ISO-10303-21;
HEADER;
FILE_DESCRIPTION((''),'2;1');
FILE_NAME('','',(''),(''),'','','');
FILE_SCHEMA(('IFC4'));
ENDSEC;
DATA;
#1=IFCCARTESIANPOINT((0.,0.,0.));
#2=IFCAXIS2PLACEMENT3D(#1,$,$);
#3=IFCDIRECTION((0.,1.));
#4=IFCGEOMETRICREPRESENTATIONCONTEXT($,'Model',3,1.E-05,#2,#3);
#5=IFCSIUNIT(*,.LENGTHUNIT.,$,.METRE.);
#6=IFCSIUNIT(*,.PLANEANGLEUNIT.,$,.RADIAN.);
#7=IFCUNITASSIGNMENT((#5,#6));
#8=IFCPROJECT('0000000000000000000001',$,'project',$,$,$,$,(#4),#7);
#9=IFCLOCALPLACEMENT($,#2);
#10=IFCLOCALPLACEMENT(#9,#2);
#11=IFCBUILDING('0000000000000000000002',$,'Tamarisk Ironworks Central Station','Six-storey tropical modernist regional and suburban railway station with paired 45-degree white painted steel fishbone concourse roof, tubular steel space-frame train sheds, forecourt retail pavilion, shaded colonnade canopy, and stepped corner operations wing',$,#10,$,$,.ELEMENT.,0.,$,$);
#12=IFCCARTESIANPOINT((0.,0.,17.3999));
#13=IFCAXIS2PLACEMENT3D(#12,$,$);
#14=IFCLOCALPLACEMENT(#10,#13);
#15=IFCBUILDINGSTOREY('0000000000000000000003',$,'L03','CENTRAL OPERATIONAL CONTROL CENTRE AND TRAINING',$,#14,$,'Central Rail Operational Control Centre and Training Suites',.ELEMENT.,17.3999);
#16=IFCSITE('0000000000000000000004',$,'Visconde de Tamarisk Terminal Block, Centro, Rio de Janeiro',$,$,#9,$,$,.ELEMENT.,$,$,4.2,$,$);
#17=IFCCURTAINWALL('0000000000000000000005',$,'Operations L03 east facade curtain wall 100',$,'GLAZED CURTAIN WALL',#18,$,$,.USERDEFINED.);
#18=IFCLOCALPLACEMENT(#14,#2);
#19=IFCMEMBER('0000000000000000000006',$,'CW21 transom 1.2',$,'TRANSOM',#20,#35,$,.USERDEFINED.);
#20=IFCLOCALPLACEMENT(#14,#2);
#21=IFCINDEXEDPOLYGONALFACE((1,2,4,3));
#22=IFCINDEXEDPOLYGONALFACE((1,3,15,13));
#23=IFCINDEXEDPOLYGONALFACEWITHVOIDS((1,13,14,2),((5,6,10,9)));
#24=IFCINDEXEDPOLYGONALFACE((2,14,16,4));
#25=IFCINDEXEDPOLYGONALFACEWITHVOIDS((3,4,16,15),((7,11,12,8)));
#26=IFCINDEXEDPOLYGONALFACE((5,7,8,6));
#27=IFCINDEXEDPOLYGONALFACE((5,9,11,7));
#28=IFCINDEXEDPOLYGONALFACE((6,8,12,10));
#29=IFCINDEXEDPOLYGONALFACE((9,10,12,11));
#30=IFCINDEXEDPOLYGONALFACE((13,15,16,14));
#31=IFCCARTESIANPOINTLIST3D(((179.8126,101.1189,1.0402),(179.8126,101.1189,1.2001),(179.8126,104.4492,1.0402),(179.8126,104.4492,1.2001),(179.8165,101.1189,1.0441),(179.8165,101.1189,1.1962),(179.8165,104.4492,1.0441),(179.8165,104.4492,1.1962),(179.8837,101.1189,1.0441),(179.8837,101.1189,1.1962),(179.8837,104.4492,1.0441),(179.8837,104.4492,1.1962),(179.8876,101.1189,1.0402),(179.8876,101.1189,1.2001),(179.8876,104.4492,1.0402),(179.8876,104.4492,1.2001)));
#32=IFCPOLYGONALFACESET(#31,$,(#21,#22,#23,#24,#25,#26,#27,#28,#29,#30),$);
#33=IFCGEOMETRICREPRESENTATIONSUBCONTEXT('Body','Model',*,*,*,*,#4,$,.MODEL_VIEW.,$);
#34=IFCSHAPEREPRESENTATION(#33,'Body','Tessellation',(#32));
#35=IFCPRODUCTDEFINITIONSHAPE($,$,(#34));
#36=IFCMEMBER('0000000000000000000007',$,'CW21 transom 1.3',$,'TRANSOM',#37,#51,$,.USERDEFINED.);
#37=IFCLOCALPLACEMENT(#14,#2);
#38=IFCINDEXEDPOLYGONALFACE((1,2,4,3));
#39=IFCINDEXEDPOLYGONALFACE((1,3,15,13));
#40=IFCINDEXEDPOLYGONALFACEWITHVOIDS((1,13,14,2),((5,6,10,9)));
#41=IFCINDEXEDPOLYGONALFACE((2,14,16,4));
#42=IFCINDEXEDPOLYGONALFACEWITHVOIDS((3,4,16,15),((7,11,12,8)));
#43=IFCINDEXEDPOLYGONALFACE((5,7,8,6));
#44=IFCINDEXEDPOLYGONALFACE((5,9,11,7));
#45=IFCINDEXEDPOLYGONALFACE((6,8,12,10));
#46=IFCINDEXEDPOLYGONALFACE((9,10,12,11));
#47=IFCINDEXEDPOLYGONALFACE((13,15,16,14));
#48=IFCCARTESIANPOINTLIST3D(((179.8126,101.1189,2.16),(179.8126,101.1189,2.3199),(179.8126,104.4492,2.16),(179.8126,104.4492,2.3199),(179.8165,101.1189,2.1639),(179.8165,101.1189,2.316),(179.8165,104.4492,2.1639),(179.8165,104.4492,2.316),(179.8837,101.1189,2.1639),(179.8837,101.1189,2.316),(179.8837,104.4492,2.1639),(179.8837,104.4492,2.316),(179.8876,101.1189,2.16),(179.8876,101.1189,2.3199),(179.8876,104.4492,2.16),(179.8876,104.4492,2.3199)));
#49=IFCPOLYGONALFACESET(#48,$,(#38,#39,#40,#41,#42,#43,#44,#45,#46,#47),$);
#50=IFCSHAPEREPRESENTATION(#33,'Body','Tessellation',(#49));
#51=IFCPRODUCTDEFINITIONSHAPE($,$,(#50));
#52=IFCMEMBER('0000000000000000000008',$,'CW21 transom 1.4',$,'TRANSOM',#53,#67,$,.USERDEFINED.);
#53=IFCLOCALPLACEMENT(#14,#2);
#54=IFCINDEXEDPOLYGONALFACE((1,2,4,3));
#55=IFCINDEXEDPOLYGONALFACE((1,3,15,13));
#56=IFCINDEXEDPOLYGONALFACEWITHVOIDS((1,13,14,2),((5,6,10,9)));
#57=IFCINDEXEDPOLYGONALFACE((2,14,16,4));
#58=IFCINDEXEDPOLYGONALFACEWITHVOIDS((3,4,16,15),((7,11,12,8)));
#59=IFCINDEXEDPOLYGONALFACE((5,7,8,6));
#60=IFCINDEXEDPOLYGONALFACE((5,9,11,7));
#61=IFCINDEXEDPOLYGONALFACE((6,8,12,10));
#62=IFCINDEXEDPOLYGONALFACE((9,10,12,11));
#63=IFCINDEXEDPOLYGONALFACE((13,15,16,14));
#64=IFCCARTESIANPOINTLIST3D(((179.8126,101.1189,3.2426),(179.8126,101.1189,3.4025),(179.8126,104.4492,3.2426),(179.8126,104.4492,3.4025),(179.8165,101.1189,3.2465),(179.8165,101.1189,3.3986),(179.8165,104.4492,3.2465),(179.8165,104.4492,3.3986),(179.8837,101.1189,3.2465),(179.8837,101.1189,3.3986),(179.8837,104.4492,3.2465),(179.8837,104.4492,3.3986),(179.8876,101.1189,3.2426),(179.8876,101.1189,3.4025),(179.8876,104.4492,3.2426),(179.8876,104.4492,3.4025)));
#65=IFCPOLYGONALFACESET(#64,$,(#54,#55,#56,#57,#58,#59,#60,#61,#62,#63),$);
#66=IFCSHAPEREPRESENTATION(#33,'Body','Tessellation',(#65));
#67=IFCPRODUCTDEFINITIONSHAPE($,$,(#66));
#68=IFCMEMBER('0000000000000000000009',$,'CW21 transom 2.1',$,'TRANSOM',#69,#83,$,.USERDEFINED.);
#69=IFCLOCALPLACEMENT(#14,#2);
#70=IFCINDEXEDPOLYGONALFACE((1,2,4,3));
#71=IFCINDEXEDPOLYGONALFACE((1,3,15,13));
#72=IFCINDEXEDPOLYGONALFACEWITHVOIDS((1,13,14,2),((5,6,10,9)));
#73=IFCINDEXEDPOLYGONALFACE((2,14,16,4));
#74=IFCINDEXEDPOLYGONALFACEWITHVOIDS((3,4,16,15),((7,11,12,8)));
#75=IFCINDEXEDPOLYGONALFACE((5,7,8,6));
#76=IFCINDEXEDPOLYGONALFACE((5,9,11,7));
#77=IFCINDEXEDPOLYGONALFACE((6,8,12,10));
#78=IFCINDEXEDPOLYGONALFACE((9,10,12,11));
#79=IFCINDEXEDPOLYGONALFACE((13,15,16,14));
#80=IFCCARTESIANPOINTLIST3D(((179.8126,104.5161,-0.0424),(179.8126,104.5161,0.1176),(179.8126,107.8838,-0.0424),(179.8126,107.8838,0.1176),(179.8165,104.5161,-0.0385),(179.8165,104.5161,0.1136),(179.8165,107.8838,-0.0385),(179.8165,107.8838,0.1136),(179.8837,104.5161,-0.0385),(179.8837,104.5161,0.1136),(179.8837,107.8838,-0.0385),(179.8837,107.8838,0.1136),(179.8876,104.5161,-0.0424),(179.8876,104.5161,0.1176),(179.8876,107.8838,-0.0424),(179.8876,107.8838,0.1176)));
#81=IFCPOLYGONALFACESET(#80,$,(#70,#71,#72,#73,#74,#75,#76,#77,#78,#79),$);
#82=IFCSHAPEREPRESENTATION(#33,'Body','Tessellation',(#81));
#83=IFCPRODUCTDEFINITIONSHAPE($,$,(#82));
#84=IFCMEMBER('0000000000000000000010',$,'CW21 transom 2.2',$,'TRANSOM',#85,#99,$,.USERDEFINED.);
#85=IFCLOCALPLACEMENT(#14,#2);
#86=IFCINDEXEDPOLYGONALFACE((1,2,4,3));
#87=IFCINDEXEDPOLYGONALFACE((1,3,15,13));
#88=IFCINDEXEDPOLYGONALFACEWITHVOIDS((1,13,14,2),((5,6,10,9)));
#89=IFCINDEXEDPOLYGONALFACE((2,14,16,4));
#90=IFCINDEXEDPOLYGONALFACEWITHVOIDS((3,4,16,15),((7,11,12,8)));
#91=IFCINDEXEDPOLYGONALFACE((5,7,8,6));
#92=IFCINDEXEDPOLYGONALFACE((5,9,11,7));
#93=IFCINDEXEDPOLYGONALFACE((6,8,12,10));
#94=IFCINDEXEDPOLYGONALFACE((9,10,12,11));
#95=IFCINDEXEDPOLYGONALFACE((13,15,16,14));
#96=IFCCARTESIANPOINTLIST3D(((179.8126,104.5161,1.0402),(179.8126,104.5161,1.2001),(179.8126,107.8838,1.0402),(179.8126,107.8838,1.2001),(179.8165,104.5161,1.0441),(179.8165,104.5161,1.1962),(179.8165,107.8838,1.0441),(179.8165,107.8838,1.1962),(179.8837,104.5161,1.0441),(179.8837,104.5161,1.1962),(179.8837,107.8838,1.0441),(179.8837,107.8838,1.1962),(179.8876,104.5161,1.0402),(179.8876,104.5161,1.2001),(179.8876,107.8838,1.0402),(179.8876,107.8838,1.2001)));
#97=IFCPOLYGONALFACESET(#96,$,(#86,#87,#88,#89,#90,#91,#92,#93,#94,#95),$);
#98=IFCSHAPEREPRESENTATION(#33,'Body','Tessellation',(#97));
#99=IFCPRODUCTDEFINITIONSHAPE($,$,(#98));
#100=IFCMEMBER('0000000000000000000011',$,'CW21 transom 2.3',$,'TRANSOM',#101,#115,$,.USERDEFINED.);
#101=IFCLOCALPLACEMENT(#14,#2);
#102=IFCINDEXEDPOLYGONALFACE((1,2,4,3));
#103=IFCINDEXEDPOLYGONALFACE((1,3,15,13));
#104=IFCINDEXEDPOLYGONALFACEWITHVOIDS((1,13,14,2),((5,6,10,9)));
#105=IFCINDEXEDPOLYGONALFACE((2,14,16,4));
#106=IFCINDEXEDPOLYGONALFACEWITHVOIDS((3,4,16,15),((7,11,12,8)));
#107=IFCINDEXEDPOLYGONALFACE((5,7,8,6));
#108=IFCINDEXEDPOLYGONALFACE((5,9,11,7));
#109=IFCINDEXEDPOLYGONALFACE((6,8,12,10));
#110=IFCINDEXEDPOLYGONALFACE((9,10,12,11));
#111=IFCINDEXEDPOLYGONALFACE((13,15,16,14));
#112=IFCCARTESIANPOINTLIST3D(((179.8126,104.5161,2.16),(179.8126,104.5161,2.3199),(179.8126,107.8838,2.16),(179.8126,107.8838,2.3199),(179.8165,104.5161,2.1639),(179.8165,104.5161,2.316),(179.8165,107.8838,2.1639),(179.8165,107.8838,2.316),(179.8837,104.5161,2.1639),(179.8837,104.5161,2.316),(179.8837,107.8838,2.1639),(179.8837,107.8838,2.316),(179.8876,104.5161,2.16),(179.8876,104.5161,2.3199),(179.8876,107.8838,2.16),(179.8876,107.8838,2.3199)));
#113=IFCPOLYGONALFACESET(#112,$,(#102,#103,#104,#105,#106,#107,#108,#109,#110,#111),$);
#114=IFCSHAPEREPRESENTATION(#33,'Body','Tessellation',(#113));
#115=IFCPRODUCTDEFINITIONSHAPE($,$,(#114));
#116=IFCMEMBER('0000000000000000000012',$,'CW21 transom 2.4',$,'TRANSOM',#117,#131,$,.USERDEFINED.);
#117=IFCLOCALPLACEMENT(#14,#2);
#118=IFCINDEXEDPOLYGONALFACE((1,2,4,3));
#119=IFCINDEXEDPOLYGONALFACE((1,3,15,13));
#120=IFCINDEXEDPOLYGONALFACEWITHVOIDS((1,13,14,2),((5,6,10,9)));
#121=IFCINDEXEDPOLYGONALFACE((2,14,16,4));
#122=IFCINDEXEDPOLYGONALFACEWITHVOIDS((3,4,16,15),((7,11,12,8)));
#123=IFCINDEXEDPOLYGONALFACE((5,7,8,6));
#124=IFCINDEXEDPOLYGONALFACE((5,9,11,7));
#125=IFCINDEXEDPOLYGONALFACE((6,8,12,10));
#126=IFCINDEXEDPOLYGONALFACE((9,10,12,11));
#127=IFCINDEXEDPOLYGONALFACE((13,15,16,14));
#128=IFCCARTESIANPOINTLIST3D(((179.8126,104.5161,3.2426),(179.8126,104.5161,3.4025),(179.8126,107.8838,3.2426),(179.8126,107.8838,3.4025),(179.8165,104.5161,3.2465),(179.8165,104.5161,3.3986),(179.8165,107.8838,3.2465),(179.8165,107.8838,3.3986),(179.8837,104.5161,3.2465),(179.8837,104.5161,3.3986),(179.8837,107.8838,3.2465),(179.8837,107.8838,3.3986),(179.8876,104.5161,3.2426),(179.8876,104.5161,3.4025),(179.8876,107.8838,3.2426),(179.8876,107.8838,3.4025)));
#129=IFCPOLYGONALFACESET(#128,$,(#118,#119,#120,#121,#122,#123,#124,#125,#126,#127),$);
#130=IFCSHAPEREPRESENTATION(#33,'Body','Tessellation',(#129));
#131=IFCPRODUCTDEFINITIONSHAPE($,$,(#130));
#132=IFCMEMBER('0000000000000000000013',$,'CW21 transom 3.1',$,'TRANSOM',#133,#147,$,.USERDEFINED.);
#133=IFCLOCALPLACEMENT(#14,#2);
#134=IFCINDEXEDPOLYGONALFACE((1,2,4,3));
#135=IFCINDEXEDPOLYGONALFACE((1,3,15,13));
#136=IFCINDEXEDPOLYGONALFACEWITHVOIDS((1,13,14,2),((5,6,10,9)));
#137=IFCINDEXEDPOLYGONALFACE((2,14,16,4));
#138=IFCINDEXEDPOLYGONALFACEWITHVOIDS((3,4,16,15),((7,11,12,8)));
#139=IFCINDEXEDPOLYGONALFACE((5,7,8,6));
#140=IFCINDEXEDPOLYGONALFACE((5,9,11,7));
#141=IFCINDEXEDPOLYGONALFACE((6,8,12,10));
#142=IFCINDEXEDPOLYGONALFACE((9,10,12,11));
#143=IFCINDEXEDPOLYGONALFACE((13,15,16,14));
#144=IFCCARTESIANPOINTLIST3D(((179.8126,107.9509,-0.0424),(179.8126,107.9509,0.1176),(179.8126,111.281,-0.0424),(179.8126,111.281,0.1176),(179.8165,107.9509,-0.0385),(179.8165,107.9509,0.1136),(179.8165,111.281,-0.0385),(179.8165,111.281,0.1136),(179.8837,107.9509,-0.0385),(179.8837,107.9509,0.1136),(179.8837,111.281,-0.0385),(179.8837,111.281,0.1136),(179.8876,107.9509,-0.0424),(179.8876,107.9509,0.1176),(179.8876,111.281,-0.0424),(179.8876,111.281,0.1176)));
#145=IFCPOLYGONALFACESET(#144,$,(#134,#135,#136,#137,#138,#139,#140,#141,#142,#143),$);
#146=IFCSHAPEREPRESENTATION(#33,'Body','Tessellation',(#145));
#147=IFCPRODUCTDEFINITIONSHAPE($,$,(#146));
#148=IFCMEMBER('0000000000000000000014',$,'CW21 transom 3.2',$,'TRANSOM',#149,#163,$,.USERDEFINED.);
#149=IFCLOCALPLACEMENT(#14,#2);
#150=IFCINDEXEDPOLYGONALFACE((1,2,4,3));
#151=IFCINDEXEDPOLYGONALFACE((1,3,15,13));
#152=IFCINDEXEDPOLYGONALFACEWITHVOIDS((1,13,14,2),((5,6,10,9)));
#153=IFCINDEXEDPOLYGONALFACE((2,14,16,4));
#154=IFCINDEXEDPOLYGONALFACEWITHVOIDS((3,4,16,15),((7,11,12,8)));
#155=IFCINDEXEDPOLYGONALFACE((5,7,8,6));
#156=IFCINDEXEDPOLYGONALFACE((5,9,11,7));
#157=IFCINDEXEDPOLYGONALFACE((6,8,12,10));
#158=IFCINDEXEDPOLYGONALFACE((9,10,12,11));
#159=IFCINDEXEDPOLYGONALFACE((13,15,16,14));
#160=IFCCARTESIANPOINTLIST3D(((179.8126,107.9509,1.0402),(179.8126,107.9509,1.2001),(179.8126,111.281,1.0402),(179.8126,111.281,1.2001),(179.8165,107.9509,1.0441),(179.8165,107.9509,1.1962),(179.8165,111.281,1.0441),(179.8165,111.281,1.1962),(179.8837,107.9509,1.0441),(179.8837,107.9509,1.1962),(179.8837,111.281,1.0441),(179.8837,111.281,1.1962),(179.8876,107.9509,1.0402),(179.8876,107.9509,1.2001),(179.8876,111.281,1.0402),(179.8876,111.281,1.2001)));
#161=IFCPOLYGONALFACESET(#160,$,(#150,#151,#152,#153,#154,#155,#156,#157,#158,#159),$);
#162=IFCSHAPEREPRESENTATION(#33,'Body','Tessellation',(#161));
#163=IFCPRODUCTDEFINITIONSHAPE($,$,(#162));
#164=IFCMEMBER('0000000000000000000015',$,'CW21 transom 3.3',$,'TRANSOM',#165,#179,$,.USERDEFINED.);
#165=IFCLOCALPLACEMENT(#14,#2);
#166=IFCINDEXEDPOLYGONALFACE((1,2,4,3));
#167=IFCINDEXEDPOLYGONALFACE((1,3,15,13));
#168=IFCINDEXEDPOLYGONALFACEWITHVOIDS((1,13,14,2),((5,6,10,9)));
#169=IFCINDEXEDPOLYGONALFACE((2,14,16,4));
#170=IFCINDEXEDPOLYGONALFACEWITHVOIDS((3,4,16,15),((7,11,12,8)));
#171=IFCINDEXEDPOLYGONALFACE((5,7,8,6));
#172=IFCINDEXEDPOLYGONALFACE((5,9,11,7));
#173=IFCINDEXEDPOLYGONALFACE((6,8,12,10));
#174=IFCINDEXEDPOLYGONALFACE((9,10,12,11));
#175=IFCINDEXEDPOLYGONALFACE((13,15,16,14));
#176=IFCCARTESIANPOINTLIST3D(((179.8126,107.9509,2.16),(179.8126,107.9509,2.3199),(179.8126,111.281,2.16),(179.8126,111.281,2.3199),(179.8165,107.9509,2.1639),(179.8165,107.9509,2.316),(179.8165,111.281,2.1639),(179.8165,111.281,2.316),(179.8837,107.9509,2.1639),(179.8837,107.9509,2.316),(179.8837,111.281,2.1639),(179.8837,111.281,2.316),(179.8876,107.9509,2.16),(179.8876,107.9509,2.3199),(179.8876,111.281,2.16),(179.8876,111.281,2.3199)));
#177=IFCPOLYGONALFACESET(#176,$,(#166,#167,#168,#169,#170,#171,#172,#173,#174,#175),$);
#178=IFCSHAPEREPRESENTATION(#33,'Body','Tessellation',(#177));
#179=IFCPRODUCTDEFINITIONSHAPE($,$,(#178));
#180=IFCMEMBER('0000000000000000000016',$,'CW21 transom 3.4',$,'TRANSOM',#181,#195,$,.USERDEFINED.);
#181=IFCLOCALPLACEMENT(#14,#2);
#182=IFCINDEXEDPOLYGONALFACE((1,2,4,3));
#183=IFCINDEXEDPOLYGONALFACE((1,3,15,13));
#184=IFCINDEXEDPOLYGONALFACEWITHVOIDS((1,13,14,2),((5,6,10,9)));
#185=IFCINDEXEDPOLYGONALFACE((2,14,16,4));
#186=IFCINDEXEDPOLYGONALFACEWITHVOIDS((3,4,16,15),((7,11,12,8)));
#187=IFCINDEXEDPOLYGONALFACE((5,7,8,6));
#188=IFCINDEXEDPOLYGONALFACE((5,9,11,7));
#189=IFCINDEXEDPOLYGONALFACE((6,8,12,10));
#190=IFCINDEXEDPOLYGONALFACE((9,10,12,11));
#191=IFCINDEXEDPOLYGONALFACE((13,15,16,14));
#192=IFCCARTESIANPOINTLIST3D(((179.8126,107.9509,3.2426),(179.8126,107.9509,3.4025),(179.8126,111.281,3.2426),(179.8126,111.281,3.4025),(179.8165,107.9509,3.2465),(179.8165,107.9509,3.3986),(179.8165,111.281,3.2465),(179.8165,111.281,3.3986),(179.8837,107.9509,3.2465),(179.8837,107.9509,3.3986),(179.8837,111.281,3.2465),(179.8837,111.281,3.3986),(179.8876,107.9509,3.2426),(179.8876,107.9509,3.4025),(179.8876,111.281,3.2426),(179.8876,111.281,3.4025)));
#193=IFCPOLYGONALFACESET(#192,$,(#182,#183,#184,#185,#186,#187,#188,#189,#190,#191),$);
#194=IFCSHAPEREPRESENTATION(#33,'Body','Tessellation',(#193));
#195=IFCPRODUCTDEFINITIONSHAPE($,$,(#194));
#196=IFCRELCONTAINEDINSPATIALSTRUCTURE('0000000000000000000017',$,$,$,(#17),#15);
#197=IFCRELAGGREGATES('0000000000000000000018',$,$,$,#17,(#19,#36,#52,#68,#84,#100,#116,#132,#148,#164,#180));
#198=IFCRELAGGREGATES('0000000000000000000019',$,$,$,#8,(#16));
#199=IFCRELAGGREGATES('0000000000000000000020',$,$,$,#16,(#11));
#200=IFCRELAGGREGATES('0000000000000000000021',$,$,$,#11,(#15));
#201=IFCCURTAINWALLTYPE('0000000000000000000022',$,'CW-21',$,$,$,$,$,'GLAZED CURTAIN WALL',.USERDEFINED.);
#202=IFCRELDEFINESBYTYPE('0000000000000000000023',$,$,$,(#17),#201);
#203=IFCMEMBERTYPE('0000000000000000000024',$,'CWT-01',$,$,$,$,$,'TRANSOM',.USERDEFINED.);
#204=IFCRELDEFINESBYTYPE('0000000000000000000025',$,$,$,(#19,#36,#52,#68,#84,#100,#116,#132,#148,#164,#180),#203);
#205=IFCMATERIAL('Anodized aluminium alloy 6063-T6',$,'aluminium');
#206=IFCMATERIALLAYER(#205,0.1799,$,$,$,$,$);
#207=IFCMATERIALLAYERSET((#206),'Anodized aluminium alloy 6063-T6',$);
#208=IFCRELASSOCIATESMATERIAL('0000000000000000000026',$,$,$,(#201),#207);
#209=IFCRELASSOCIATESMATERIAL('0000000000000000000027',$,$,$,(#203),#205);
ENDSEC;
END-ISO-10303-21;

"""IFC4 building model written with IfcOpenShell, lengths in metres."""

from ifc_helpers import new_model, si_unit, direction, frame, origin, origin_2d, place, context, subcontext, project, spatial, hollow_rectangle, extrude, material, layer, layer_set, material_profile, profile_set, type_object, element, aggregate, save


model = new_model("IFC4")

# Units and contexts
model_context = context("Model", 3, precision=1e-05, world=origin(), true_north=direction((0.0, 1.0)))
body_context = subcontext(model_context, "Body", "Model", "MODEL_VIEW")
ifc_project = project(units=[si_unit("LENGTHUNIT", "METRE"), si_unit("PLANEANGLEUNIT", "RADIAN")], contexts=[model_context])

# Site, building, storey
site_placement = place(None, origin())
site = spatial("IfcSite", under=ifc_project, at=site_placement, Name="Visconde de Tamarisk Terminal Block, Centro, Rio de Janeiro", CompositionType="ELEMENT", RefElevation=4.2)
building_placement = place(site_placement, origin())
building = spatial("IfcBuilding", under=site, at=building_placement, Name="Tamarisk Ironworks Central Station", Description="Six-storey tropical modernist regional and suburban railway station with paired 45-degree white painted steel fishbone concourse roof, tubular steel space-frame train sheds, forecourt retail pavilion, shaded colonnade canopy, and stepped corner operations wing", CompositionType="ELEMENT", ElevationOfRefHeight=0.0)
storey_placement = place(building_placement, frame((0.0, 0.0, 17.3999)))
storey = spatial("IfcBuildingStorey", under=building, at=storey_placement, Name="L03", Description="CENTRAL OPERATIONAL CONTROL CENTRE AND TRAINING", LongName="Central Rail Operational Control Centre and Training Suites", CompositionType="ELEMENT", Elevation=17.3999)

# Shared definitions
ifc_material_1 = material(Name="Anodized aluminium alloy 6063-T6", Category="aluminium")
ifc_layer_1 = layer(ifc_material_1, 0.1799)
ifc_layer_set_1 = layer_set([ifc_layer_1], Name="Anodized aluminium alloy 6063-T6")
curtain_wall_type = type_object("IfcCurtainWallType", Name="CW-21", ElementType="GLAZED CURTAIN WALL", PredefinedType="USERDEFINED", material=ifc_layer_set_1)

# Curtain wall
curtain_wall_1_placement = place(storey_placement, origin())
curtain_wall_1 = element("IfcCurtainWall", 1, at=curtain_wall_1_placement, inside=storey, type_object=curtain_wall_type, Name="Operations L03 east facade curtain wall 100", ObjectType="GLAZED CURTAIN WALL", PredefinedType="USERDEFINED")

# Members
ifc_material_profile_1 = material_profile(ifc_material_1, hollow_rectangle(XDim=0.075, YDim=0.1599, WallThickness=0.0039, at=origin_2d()), Name="ALUM 160x75")
ifc_profile_set_1 = profile_set([ifc_material_profile_1], Name="Anodized aluminium alloy 6063-T6")
member_type_1 = type_object("IfcMemberType", Name="CWT-01", ElementType="TRANSOM", PredefinedType="USERDEFINED", material=ifc_profile_set_1)
member_1_placement = place(storey_placement, frame((179.8501, 101.1189, 1.1201), z_axis=(0.0, 1.0, 0.0), x_axis=(-1.0, 0.0, 0.0)))
member_1 = element("IfcMember", 2, at=member_1_placement, type_object=member_type_1, Name="CW21 transom 1.2", ObjectType="TRANSOM", PredefinedType="USERDEFINED", context=body_context, shape_type="SweptSolid", body=[
    extrude(hollow_rectangle(XDim=0.075, YDim=0.1599, WallThickness=0.0039, at=origin_2d()), origin(), (0.0, 0.0, 1.0), 3.3303),
])
member_2_placement = place(storey_placement, frame((179.8501, 101.1189, 2.24), z_axis=(0.0, 1.0, 0.0), x_axis=(-1.0, 0.0, 0.0)))
member_2 = element("IfcMember", 3, at=member_2_placement, type_object=member_type_1, Name="CW21 transom 1.3", ObjectType="TRANSOM", PredefinedType="USERDEFINED", context=body_context, shape_type="SweptSolid", body=[
    extrude(hollow_rectangle(XDim=0.075, YDim=0.1599, WallThickness=0.0039, at=origin_2d()), origin(), (0.0, 0.0, 1.0), 3.3303),
])
member_3_placement = place(storey_placement, frame((179.8501, 101.1189, 3.3225), z_axis=(0.0, 1.0, 0.0), x_axis=(-1.0, 0.0, 0.0)))
member_3 = element("IfcMember", 4, at=member_3_placement, type_object=member_type_1, Name="CW21 transom 1.4", ObjectType="TRANSOM", PredefinedType="USERDEFINED", context=body_context, shape_type="SweptSolid", body=[
    extrude(hollow_rectangle(XDim=0.075, YDim=0.1599, WallThickness=0.0039, at=origin_2d()), origin(), (0.0, 0.0, 1.0), 3.3303),
])
member_4_placement = place(storey_placement, frame((179.8501, 104.5161, 0.0376), z_axis=(0.0, 1.0, 0.0), x_axis=(-1.0, 0.0, 0.0)))
member_4 = element("IfcMember", 5, at=member_4_placement, type_object=member_type_1, Name="CW21 transom 2.1", ObjectType="TRANSOM", PredefinedType="USERDEFINED", context=body_context, shape_type="SweptSolid", body=[
    extrude(hollow_rectangle(XDim=0.075, YDim=0.1599, WallThickness=0.0039, at=origin_2d()), origin(), (0.0, 0.0, 1.0), 3.3677),
])
member_5_placement = place(storey_placement, frame((179.8501, 104.5161, 1.1201), z_axis=(0.0, 1.0, 0.0), x_axis=(-1.0, 0.0, 0.0)))
member_5 = element("IfcMember", 6, at=member_5_placement, type_object=member_type_1, Name="CW21 transom 2.2", ObjectType="TRANSOM", PredefinedType="USERDEFINED", context=body_context, shape_type="SweptSolid", body=[
    extrude(hollow_rectangle(XDim=0.075, YDim=0.1599, WallThickness=0.0039, at=origin_2d()), origin(), (0.0, 0.0, 1.0), 3.3677),
])
member_6_placement = place(storey_placement, frame((179.8501, 104.5161, 2.24), z_axis=(0.0, 1.0, 0.0), x_axis=(-1.0, 0.0, 0.0)))
member_6 = element("IfcMember", 7, at=member_6_placement, type_object=member_type_1, Name="CW21 transom 2.3", ObjectType="TRANSOM", PredefinedType="USERDEFINED", context=body_context, shape_type="SweptSolid", body=[
    extrude(hollow_rectangle(XDim=0.075, YDim=0.1599, WallThickness=0.0039, at=origin_2d()), origin(), (0.0, 0.0, 1.0), 3.3677),
])
member_7_placement = place(storey_placement, frame((179.8501, 104.5161, 3.3225), z_axis=(0.0, 1.0, 0.0), x_axis=(-1.0, 0.0, 0.0)))
member_7 = element("IfcMember", 8, at=member_7_placement, type_object=member_type_1, Name="CW21 transom 2.4", ObjectType="TRANSOM", PredefinedType="USERDEFINED", context=body_context, shape_type="SweptSolid", body=[
    extrude(hollow_rectangle(XDim=0.075, YDim=0.1599, WallThickness=0.0039, at=origin_2d()), origin(), (0.0, 0.0, 1.0), 3.3677),
])
member_8_placement = place(storey_placement, frame((179.8501, 107.9509, 0.0376), z_axis=(0.0, 1.0, 0.0), x_axis=(-1.0, 0.0, 0.0)))
member_8 = element("IfcMember", 9, at=member_8_placement, type_object=member_type_1, Name="CW21 transom 3.1", ObjectType="TRANSOM", PredefinedType="USERDEFINED", context=body_context, shape_type="SweptSolid", body=[
    extrude(hollow_rectangle(XDim=0.075, YDim=0.1599, WallThickness=0.0039, at=origin_2d()), origin(), (0.0, 0.0, 1.0), 3.3301),
])
member_9_placement = place(storey_placement, frame((179.8501, 107.9509, 1.1201), z_axis=(0.0, 1.0, 0.0), x_axis=(-1.0, 0.0, 0.0)))
member_9 = element("IfcMember", 10, at=member_9_placement, type_object=member_type_1, Name="CW21 transom 3.2", ObjectType="TRANSOM", PredefinedType="USERDEFINED", context=body_context, shape_type="SweptSolid", body=[
    extrude(hollow_rectangle(XDim=0.075, YDim=0.1599, WallThickness=0.0039, at=origin_2d()), origin(), (0.0, 0.0, 1.0), 3.3301),
])
member_10_placement = place(storey_placement, frame((179.8501, 107.9509, 2.24), z_axis=(0.0, 1.0, 0.0), x_axis=(-1.0, 0.0, 0.0)))
member_10 = element("IfcMember", 11, at=member_10_placement, type_object=member_type_1, Name="CW21 transom 3.3", ObjectType="TRANSOM", PredefinedType="USERDEFINED", context=body_context, shape_type="SweptSolid", body=[
    extrude(hollow_rectangle(XDim=0.075, YDim=0.1599, WallThickness=0.0039, at=origin_2d()), origin(), (0.0, 0.0, 1.0), 3.3301),
])
member_11_placement = place(storey_placement, frame((179.8501, 107.9509, 3.3225), z_axis=(0.0, 1.0, 0.0), x_axis=(-1.0, 0.0, 0.0)))
member_11 = element("IfcMember", 12, at=member_11_placement, type_object=member_type_1, Name="CW21 transom 3.4", ObjectType="TRANSOM", PredefinedType="USERDEFINED", context=body_context, shape_type="SweptSolid", body=[
    extrude(hollow_rectangle(XDim=0.075, YDim=0.1599, WallThickness=0.0039, at=origin_2d()), origin(), (0.0, 0.0, 1.0), 3.3301),
])

aggregate(curtain_wall_1, [member_1, member_2, member_3, member_4, member_5, member_6, member_7, member_8, member_9, member_10, member_11])

save(model, "model.ifc")
